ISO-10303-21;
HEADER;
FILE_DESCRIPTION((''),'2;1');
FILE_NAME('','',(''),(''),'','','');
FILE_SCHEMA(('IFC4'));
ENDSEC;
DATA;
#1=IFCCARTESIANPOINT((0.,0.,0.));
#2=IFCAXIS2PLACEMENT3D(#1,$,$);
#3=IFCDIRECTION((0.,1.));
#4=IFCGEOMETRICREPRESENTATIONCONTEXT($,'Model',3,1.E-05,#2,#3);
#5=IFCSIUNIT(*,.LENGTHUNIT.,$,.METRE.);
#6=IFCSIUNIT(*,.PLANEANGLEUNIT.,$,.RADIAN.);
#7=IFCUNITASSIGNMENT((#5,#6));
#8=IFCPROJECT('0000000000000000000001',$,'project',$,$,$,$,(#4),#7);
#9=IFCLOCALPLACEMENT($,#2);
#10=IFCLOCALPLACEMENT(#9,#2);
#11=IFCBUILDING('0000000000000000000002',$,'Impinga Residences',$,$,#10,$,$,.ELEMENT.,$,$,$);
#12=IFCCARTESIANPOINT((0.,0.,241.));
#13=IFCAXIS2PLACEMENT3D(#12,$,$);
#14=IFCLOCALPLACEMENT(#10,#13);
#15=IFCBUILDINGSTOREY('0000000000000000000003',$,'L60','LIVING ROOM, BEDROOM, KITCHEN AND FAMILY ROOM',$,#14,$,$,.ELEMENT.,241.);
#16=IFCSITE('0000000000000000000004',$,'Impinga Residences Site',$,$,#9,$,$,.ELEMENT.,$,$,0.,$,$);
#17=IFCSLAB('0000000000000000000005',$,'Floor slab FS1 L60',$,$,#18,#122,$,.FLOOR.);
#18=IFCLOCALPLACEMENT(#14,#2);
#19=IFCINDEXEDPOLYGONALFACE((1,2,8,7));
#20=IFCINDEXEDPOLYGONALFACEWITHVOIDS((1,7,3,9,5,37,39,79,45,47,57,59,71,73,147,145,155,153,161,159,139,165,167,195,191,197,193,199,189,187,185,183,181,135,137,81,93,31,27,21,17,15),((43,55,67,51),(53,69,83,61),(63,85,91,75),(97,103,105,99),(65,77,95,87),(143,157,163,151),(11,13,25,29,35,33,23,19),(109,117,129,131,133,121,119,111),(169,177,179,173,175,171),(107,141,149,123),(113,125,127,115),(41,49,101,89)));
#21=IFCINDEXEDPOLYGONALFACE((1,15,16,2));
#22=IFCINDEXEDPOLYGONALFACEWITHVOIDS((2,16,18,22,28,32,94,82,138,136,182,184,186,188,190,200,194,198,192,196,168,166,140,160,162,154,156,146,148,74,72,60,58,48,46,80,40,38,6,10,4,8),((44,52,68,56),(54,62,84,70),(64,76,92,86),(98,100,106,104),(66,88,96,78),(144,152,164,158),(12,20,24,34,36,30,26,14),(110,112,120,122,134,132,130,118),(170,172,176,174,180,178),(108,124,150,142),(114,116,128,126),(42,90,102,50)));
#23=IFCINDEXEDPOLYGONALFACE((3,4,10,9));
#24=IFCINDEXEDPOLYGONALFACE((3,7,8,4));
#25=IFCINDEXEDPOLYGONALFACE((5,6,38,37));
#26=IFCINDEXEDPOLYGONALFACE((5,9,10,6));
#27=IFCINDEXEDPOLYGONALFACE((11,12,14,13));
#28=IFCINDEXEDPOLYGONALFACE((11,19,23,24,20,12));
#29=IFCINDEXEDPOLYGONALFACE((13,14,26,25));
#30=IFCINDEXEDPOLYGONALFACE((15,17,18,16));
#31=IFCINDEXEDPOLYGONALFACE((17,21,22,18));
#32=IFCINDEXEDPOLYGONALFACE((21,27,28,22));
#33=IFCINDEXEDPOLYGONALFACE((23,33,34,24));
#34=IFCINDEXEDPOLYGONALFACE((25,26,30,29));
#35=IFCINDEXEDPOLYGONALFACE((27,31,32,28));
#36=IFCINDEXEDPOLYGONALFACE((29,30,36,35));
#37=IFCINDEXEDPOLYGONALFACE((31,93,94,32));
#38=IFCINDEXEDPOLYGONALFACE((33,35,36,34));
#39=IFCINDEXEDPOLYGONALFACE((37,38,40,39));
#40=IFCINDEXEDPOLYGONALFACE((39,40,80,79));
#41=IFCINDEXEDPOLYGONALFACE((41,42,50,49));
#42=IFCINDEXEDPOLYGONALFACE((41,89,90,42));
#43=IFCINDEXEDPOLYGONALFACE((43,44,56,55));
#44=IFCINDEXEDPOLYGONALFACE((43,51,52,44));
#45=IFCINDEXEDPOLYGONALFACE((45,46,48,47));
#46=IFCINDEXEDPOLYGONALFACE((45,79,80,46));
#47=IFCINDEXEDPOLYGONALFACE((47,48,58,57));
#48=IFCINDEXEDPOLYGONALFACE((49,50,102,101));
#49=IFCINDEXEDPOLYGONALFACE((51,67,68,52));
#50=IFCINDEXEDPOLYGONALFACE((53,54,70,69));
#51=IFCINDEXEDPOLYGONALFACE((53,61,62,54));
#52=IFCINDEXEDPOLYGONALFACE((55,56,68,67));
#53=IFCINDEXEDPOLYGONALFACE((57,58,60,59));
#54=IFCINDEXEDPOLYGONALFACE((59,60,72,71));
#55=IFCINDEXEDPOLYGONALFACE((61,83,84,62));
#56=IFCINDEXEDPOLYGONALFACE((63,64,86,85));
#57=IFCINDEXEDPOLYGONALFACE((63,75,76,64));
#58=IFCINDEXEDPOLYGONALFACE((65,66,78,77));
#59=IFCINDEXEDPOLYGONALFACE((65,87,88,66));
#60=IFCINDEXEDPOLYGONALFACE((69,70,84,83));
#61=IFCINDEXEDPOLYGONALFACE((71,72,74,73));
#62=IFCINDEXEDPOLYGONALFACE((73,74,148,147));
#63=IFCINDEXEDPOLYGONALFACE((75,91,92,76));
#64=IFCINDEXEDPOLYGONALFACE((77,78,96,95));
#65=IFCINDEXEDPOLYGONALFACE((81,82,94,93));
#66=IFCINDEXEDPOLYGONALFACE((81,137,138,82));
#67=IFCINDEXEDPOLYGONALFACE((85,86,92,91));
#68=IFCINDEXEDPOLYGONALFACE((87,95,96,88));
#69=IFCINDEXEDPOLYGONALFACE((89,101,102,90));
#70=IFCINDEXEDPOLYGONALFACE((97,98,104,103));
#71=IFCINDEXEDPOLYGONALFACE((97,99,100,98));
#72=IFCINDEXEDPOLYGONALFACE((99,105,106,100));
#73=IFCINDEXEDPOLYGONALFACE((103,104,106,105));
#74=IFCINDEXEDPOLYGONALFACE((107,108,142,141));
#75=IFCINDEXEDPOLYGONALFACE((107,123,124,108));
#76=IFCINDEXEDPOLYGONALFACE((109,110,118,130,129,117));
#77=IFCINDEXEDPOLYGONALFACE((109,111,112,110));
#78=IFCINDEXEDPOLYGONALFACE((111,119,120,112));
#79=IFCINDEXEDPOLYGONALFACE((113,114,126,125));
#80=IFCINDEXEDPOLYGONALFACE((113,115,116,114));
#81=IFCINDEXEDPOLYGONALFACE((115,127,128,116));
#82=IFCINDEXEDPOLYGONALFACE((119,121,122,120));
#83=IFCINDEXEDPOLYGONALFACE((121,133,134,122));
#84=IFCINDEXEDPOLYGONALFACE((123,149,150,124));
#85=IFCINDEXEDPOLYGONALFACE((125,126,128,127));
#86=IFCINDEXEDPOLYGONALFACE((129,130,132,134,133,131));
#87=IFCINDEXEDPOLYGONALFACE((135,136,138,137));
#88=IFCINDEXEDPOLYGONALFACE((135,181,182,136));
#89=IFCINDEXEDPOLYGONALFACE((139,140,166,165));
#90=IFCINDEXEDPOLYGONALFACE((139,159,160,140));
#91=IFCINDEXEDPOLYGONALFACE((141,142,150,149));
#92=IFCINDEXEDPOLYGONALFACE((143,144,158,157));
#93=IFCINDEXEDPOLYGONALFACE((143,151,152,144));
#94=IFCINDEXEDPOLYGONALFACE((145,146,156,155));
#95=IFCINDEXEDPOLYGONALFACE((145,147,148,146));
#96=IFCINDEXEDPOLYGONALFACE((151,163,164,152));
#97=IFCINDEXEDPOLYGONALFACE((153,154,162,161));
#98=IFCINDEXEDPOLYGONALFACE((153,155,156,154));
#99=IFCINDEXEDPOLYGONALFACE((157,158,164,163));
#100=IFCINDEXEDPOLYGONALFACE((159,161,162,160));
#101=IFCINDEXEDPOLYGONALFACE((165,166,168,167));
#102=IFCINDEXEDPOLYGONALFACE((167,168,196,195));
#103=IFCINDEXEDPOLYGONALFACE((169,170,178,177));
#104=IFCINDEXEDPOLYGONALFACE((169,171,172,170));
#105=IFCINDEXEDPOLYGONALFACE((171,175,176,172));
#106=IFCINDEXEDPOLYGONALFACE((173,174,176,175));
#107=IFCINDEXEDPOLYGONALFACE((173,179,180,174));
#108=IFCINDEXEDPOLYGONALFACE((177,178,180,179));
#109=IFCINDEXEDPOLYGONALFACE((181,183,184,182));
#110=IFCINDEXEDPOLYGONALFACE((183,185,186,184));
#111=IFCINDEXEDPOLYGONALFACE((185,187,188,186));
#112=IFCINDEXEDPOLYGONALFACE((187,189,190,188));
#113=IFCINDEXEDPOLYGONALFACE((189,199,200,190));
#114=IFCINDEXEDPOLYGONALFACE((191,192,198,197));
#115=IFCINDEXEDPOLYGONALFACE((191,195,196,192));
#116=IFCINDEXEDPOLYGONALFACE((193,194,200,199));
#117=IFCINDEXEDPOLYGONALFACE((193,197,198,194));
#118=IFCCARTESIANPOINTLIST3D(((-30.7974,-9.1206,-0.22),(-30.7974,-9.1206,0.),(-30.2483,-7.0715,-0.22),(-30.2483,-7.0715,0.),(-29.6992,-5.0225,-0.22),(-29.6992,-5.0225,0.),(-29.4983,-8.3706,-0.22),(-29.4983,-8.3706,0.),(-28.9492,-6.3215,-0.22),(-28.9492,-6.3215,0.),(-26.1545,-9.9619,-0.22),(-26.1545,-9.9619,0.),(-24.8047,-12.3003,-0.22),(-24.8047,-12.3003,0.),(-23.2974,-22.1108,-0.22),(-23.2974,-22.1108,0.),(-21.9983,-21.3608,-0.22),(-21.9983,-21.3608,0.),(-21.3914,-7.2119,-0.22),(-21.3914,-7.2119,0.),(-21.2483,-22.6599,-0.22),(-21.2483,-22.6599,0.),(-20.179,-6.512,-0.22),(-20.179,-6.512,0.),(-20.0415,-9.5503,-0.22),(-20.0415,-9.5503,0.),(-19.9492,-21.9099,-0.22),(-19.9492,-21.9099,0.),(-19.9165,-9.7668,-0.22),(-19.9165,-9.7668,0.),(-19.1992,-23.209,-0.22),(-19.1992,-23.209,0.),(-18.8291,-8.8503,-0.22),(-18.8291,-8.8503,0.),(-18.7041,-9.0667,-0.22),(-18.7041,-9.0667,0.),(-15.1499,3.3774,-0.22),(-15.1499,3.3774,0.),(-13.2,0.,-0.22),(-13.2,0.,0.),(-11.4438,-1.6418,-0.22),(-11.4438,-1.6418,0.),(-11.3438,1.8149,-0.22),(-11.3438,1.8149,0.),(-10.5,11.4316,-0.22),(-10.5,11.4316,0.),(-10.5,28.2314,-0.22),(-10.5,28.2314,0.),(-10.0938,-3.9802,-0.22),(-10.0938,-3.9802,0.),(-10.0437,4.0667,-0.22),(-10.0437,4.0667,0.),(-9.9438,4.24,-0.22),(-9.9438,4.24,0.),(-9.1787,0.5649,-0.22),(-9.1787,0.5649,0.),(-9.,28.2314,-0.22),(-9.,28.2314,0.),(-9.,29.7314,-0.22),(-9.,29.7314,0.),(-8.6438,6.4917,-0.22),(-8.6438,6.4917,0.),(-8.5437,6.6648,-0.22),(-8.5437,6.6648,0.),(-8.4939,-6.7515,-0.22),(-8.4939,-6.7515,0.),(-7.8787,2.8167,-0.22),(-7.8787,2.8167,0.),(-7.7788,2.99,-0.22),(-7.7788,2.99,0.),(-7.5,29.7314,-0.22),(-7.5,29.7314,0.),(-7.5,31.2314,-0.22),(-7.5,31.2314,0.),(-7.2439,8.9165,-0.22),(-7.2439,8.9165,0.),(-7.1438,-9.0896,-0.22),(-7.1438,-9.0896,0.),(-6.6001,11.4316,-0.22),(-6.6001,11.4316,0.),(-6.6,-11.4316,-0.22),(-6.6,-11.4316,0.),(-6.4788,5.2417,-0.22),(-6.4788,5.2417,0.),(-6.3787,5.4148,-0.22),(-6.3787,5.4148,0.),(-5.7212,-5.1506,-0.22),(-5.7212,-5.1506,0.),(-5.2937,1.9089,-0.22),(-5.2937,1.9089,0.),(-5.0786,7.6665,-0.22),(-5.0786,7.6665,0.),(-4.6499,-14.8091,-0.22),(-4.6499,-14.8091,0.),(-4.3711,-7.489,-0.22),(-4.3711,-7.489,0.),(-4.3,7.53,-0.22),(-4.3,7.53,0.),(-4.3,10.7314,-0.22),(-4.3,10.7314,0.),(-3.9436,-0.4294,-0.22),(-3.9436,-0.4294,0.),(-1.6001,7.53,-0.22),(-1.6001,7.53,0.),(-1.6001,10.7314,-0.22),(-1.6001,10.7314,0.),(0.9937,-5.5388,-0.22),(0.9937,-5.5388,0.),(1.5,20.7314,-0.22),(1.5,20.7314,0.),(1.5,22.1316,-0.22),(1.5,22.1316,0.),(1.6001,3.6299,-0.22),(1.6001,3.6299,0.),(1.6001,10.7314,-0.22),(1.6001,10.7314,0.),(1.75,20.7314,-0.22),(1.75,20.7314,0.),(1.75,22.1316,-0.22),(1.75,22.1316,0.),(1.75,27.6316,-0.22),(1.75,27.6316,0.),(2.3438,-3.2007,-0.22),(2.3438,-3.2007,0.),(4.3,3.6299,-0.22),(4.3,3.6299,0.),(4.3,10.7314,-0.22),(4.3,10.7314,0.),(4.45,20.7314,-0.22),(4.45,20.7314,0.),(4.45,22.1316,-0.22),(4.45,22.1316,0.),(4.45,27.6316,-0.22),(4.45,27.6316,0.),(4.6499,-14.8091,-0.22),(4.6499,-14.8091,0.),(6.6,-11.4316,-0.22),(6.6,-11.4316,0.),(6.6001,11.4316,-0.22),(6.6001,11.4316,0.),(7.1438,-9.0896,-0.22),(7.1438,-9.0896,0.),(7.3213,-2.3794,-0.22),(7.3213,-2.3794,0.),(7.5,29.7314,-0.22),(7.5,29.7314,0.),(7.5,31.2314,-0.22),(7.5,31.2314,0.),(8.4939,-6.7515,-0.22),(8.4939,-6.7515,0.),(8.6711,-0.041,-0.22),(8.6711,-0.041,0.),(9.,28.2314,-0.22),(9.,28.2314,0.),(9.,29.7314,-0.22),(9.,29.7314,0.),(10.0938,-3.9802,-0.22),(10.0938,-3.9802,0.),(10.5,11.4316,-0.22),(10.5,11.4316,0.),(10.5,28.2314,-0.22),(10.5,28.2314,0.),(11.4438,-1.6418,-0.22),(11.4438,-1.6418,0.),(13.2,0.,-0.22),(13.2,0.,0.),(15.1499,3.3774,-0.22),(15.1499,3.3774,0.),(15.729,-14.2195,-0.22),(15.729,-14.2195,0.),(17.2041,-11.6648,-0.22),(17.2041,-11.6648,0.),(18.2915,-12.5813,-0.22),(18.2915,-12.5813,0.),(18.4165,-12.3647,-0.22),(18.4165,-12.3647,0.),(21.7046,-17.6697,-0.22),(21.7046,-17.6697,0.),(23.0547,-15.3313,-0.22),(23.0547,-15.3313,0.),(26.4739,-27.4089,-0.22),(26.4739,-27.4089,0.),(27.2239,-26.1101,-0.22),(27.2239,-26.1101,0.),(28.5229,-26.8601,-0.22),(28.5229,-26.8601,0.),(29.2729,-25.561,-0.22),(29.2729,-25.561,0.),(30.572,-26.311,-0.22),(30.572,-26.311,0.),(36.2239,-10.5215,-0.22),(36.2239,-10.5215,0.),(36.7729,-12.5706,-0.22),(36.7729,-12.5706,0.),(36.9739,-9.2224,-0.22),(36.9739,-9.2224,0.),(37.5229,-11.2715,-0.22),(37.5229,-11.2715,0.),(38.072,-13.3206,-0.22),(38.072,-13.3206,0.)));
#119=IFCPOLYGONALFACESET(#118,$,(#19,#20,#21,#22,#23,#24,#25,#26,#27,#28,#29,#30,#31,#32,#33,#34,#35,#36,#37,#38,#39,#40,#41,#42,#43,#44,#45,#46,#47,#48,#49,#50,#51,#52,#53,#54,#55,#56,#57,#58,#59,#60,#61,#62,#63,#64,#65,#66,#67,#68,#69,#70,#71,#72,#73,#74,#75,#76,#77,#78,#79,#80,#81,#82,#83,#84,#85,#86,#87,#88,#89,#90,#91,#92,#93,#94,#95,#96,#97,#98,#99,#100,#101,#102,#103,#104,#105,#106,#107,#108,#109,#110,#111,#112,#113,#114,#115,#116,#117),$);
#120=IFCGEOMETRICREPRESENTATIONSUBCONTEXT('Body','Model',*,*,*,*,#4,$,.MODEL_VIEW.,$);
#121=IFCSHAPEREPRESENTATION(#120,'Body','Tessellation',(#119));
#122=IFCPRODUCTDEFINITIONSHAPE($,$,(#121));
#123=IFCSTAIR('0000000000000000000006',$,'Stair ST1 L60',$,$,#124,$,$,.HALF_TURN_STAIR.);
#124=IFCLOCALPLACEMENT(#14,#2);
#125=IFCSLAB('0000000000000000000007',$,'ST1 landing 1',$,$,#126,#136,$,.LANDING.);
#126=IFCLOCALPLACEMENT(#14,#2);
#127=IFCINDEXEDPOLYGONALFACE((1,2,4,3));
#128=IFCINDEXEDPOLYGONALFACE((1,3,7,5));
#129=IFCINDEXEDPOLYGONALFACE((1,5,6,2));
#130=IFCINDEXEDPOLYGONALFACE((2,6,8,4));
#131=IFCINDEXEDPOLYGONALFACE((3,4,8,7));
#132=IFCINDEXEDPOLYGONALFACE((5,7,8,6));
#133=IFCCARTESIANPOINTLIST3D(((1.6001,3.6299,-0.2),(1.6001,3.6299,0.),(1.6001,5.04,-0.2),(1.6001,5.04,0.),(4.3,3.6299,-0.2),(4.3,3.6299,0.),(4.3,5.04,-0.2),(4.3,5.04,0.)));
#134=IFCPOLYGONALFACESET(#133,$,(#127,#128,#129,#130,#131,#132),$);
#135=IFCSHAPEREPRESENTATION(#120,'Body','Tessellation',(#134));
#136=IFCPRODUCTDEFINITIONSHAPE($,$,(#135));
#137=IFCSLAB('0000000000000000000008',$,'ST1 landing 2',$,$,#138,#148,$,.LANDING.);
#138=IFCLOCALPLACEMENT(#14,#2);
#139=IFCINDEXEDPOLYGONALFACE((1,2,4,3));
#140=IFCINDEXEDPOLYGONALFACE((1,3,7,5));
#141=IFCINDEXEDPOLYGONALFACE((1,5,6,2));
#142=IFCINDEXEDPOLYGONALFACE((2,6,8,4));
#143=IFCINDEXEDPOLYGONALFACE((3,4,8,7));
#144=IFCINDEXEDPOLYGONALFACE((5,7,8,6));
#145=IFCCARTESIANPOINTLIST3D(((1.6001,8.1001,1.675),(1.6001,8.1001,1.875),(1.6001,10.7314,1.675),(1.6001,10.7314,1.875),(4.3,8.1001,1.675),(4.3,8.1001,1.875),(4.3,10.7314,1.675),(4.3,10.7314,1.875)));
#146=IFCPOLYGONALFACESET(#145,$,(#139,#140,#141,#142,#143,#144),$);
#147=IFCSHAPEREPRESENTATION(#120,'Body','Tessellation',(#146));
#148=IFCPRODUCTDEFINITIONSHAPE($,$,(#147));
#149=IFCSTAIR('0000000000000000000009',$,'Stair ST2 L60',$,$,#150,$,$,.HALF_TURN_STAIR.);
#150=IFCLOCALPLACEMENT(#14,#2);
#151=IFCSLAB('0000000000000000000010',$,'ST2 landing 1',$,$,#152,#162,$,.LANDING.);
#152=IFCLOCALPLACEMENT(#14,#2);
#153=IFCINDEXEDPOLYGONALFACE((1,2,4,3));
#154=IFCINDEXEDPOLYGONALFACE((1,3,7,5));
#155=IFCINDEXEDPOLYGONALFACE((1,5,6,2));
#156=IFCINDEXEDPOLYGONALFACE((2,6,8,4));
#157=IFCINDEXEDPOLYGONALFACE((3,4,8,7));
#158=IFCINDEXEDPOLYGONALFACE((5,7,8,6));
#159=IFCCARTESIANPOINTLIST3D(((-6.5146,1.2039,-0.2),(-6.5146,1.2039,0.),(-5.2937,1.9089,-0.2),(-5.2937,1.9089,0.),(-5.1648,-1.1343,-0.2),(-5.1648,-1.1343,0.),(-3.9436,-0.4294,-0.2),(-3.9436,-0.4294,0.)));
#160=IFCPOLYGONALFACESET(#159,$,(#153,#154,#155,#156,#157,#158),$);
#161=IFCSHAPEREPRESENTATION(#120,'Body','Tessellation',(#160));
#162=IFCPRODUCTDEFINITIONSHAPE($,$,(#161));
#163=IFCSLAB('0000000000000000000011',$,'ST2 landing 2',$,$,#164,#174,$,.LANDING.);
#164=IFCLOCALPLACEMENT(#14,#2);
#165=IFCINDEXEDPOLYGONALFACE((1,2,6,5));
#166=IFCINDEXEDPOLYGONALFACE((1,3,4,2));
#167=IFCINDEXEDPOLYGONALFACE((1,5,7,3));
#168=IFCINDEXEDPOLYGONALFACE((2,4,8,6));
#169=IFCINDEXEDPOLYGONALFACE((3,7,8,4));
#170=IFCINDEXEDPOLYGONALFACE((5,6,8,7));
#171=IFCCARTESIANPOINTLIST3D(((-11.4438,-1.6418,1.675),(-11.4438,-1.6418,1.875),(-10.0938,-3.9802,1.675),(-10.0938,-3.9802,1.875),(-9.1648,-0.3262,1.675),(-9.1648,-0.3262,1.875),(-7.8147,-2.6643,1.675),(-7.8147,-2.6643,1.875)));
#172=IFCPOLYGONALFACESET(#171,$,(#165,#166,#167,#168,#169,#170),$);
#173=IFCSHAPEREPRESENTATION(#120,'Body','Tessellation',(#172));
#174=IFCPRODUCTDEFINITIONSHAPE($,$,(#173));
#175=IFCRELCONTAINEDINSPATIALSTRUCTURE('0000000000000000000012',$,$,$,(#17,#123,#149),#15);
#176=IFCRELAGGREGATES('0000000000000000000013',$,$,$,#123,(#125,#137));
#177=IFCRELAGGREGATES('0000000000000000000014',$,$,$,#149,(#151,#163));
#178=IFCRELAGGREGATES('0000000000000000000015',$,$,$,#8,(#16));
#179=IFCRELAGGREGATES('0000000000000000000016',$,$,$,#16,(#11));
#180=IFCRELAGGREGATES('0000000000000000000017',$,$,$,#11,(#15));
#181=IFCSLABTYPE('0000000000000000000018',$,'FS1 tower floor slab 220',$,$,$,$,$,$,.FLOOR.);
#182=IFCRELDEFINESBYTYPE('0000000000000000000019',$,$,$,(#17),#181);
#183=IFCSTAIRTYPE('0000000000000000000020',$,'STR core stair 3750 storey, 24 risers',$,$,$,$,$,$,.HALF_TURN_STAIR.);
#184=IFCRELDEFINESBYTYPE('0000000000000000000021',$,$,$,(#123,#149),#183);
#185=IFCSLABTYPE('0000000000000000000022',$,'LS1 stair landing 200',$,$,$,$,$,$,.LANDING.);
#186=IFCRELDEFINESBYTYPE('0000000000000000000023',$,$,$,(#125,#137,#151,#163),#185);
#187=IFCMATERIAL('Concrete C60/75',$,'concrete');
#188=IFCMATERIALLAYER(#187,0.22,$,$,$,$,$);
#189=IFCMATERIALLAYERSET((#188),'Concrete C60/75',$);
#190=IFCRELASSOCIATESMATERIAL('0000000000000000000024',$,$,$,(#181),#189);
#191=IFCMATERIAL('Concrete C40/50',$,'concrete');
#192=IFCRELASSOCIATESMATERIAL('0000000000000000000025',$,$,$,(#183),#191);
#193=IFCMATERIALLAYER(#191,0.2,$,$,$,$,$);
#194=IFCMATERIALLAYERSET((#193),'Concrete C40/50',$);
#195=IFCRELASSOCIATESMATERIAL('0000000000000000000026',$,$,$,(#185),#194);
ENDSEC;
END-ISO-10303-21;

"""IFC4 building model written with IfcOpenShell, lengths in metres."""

from ifc_helpers import new_model, si_unit, direction, frame, origin, place, context, subcontext, project, spatial, polyline, outline, extrude, material, layer, layer_set, type_object, element, aggregate, save


model = new_model("IFC4")

# Units and contexts
model_context = context("Model", 3, precision=1e-05, world=origin(), true_north=direction((0.0, 1.0)))
body_context = subcontext(model_context, "Body", "Model", "MODEL_VIEW")
ifc_project = project(units=[si_unit("LENGTHUNIT", "METRE"), si_unit("PLANEANGLEUNIT", "RADIAN")], contexts=[model_context])

# Site, building, storey
site_placement = place(None, origin())
site = spatial("IfcSite", under=ifc_project, at=site_placement, Name="Impinga Residences Site", CompositionType="ELEMENT", RefElevation=0.0)
building_placement = place(site_placement, origin())
building = spatial("IfcBuilding", under=site, at=building_placement, Name="Impinga Residences", CompositionType="ELEMENT")
storey_placement = place(building_placement, frame((0.0, 0.0, 241.0)))
storey = spatial("IfcBuildingStorey", under=building, at=storey_placement, Name="L60", Description="LIVING ROOM, BEDROOM, KITCHEN AND FAMILY ROOM", CompositionType="ELEMENT", Elevation=241.0)

# Slab
ifc_material_1 = material(Name="Concrete C60/75", Category="concrete")
ifc_layer_1 = layer(ifc_material_1, 0.22)
ifc_layer_set_1 = layer_set([ifc_layer_1], Name="Concrete C60/75")
slab_type_1 = type_object("IfcSlabType", Name="FS1 tower floor slab 220", PredefinedType="FLOOR", material=ifc_layer_set_1)
slab_1_placement = place(storey_placement, frame((0.0, 0.0, -0.22)))
element("IfcSlab", 1, at=slab_1_placement, inside=storey, type_object=slab_type_1, Name="Floor slab FS1 L60", PredefinedType="FLOOR", context=body_context, shape_type="SweptSolid", body=[
    extrude(outline(polyline([(36.2239, -10.5215), (37.5229, -11.2715), (36.7729, -12.5706), (38.072, -13.3206), (30.572, -26.311), (29.2729, -25.561), (28.5229, -26.8601), (27.2239, -26.1101), (26.4739, -27.4089), (4.6499, -14.8091), (9.9001, -5.7158), (6.6001, -11.4316), (-6.6001, -11.4316), (-9.9001, -5.7158), (-4.6499, -14.8091), (-19.1992, -23.209), (-19.9492, -21.9099), (-21.2483, -22.6599), (-21.9983, -21.3608), (-23.2974, -22.1108), (-30.7974, -9.1206), (-29.4983, -8.3706), (-30.2483, -7.0715), (-28.9492, -6.3215), (-29.6992, -5.0225), (-15.1499, 3.3774), (-13.2, 0.0), (-6.6001, 11.4316), (-10.5, 11.4316), (-10.5, 28.2314), (-9.0, 28.2314), (-9.0, 29.7314), (-7.5, 29.7314), (-7.5, 31.2314), (7.5, 31.2314), (7.5, 29.7314), (9.0, 29.7314), (9.0, 28.2314), (10.5, 28.2314), (10.5, 11.4316), (6.6001, 11.4316), (13.2, 0.0), (15.1499, 3.3774), (36.9739, -9.2224), (36.2239, -10.5215)]), holes=[polyline([(-18.7041, -9.0667), (-18.8291, -8.8503), (-18.8291, -8.8503), (-20.179, -6.512), (-21.3914, -7.2119), (-21.3914, -7.2119), (-26.1545, -9.9619), (-24.8047, -12.3003), (-20.0415, -9.5503), (-19.9165, -9.7668), (-18.7041, -9.0667)]), polyline([(-5.7212, -5.1506), (-8.4939, -6.7515), (-7.1438, -9.0896), (-4.3711, -7.489), (-5.7212, -5.1506)]), polyline([(-5.2937, 1.9089), (-11.4438, -1.6418), (-10.0938, -3.9802), (-3.9436, -0.4294), (-5.2937, 1.9089)]), polyline([(-7.8787, 2.8167), (-10.0437, 4.0667), (-11.3438, 1.8149), (-9.1787, 0.5649), (-7.8787, 2.8167)]), polyline([(-6.4788, 5.2417), (-8.6438, 6.4917), (-9.9438, 4.24), (-7.7788, 2.99), (-6.4788, 5.2417)]), polyline([(-6.3787, 5.4148), (-5.0786, 7.6665), (-7.2439, 8.9165), (-8.5437, 6.6648), (-6.3787, 5.4148)]), polyline([(-4.3, 7.53), (-1.6001, 7.53), (-1.6001, 10.7314), (-4.3, 10.7314), (-4.3, 7.53)]), polyline([(15.729, -14.2195), (21.7046, -17.6697), (23.0547, -15.3313), (18.2915, -12.5813), (18.4165, -12.3647), (17.2041, -11.6648), (15.729, -14.2195)]), polyline([(0.9937, -5.5388), (7.1438, -9.0896), (8.4939, -6.7515), (2.3438, -3.2007), (0.9937, -5.5388)]), polyline([(7.3213, -2.3794), (10.0938, -3.9802), (11.4438, -1.6418), (8.6711, -0.041), (7.3213, -2.3794)]), polyline([(4.3, 3.6299), (4.3, 10.7314), (1.6001, 10.7314), (1.6001, 3.6299), (4.3, 3.6299)]), polyline([(1.75, 22.1316), (1.5, 22.1316), (1.5, 20.7314), (1.75, 20.7314), (4.45, 20.7314), (4.45, 22.1316), (4.45, 27.6316), (1.75, 27.6316), (1.75, 22.1316)])]), origin(), (0.0, 0.0, 1.0), 0.22),
])

# Stairs, slabs
ifc_material_2 = material(Name="Concrete C40/50", Category="concrete")
stair_type_1 = type_object("IfcStairType", Name="STR core stair 3750 storey, 24 risers", PredefinedType="HALF_TURN_STAIR", material=ifc_material_2)
stair_1_placement = place(storey_placement, origin())
stair_1 = element("IfcStair", 2, at=stair_1_placement, inside=storey, type_object=stair_type_1, Name="Stair ST1 L60", PredefinedType="HALF_TURN_STAIR")
ifc_layer_2 = layer(ifc_material_2, 0.2)
ifc_layer_set_2 = layer_set([ifc_layer_2], Name="Concrete C40/50")
slab_type_2 = type_object("IfcSlabType", Name="LS1 stair landing 200", PredefinedType="LANDING", material=ifc_layer_set_2)
slab_2_placement = place(storey_placement, frame((0.0, 0.0, -0.2)))
slab_2 = element("IfcSlab", 3, at=slab_2_placement, type_object=slab_type_2, Name="ST1 landing 1", PredefinedType="LANDING", context=body_context, shape_type="SweptSolid", body=[
    extrude(outline(polyline([(1.6001, 3.6299), (4.3, 3.6299), (4.3, 5.04), (1.6001, 5.04), (1.6001, 3.6299)])), origin(), (0.0, 0.0, 1.0), 0.2),
])
slab_3_placement = place(storey_placement, frame((0.0, 0.0, 1.675)))
slab_3 = element("IfcSlab", 4, at=slab_3_placement, type_object=slab_type_2, Name="ST1 landing 2", PredefinedType="LANDING", context=body_context, shape_type="SweptSolid", body=[
    extrude(outline(polyline([(1.6001, 8.1001), (4.3, 8.1001), (4.3, 10.7314), (1.6001, 10.7314), (1.6001, 8.1001)])), origin(), (0.0, 0.0, 1.0), 0.2),
])
aggregate(stair_1, [slab_2, slab_3])
stair_2_placement = place(storey_placement, origin())
stair_2 = element("IfcStair", 5, at=stair_2_placement, inside=storey, type_object=stair_type_1, Name="Stair ST2 L60", PredefinedType="HALF_TURN_STAIR")
slab_4_placement = place(storey_placement, frame((0.0, 0.0, -0.2)))
slab_4 = element("IfcSlab", 6, at=slab_4_placement, type_object=slab_type_2, Name="ST2 landing 1", PredefinedType="LANDING", context=body_context, shape_type="SweptSolid", body=[
    extrude(outline(polyline([(-3.9436, -0.4294), (-5.2937, 1.9089), (-6.5146, 1.2039), (-5.1648, -1.1343), (-3.9436, -0.4294)])), origin(), (0.0, 0.0, 1.0), 0.2),
])
slab_5_placement = place(storey_placement, frame((0.0, 0.0, 1.675)))
slab_5 = element("IfcSlab", 7, at=slab_5_placement, type_object=slab_type_2, Name="ST2 landing 2", PredefinedType="LANDING", context=body_context, shape_type="SweptSolid", body=[
    extrude(outline(polyline([(-7.8147, -2.6643), (-9.1648, -0.3262), (-11.4438, -1.6418), (-10.0938, -3.9802), (-7.8147, -2.6643)])), origin(), (0.0, 0.0, 1.0), 0.2),
])
aggregate(stair_2, [slab_4, slab_5])

save(model, "model.ifc")
